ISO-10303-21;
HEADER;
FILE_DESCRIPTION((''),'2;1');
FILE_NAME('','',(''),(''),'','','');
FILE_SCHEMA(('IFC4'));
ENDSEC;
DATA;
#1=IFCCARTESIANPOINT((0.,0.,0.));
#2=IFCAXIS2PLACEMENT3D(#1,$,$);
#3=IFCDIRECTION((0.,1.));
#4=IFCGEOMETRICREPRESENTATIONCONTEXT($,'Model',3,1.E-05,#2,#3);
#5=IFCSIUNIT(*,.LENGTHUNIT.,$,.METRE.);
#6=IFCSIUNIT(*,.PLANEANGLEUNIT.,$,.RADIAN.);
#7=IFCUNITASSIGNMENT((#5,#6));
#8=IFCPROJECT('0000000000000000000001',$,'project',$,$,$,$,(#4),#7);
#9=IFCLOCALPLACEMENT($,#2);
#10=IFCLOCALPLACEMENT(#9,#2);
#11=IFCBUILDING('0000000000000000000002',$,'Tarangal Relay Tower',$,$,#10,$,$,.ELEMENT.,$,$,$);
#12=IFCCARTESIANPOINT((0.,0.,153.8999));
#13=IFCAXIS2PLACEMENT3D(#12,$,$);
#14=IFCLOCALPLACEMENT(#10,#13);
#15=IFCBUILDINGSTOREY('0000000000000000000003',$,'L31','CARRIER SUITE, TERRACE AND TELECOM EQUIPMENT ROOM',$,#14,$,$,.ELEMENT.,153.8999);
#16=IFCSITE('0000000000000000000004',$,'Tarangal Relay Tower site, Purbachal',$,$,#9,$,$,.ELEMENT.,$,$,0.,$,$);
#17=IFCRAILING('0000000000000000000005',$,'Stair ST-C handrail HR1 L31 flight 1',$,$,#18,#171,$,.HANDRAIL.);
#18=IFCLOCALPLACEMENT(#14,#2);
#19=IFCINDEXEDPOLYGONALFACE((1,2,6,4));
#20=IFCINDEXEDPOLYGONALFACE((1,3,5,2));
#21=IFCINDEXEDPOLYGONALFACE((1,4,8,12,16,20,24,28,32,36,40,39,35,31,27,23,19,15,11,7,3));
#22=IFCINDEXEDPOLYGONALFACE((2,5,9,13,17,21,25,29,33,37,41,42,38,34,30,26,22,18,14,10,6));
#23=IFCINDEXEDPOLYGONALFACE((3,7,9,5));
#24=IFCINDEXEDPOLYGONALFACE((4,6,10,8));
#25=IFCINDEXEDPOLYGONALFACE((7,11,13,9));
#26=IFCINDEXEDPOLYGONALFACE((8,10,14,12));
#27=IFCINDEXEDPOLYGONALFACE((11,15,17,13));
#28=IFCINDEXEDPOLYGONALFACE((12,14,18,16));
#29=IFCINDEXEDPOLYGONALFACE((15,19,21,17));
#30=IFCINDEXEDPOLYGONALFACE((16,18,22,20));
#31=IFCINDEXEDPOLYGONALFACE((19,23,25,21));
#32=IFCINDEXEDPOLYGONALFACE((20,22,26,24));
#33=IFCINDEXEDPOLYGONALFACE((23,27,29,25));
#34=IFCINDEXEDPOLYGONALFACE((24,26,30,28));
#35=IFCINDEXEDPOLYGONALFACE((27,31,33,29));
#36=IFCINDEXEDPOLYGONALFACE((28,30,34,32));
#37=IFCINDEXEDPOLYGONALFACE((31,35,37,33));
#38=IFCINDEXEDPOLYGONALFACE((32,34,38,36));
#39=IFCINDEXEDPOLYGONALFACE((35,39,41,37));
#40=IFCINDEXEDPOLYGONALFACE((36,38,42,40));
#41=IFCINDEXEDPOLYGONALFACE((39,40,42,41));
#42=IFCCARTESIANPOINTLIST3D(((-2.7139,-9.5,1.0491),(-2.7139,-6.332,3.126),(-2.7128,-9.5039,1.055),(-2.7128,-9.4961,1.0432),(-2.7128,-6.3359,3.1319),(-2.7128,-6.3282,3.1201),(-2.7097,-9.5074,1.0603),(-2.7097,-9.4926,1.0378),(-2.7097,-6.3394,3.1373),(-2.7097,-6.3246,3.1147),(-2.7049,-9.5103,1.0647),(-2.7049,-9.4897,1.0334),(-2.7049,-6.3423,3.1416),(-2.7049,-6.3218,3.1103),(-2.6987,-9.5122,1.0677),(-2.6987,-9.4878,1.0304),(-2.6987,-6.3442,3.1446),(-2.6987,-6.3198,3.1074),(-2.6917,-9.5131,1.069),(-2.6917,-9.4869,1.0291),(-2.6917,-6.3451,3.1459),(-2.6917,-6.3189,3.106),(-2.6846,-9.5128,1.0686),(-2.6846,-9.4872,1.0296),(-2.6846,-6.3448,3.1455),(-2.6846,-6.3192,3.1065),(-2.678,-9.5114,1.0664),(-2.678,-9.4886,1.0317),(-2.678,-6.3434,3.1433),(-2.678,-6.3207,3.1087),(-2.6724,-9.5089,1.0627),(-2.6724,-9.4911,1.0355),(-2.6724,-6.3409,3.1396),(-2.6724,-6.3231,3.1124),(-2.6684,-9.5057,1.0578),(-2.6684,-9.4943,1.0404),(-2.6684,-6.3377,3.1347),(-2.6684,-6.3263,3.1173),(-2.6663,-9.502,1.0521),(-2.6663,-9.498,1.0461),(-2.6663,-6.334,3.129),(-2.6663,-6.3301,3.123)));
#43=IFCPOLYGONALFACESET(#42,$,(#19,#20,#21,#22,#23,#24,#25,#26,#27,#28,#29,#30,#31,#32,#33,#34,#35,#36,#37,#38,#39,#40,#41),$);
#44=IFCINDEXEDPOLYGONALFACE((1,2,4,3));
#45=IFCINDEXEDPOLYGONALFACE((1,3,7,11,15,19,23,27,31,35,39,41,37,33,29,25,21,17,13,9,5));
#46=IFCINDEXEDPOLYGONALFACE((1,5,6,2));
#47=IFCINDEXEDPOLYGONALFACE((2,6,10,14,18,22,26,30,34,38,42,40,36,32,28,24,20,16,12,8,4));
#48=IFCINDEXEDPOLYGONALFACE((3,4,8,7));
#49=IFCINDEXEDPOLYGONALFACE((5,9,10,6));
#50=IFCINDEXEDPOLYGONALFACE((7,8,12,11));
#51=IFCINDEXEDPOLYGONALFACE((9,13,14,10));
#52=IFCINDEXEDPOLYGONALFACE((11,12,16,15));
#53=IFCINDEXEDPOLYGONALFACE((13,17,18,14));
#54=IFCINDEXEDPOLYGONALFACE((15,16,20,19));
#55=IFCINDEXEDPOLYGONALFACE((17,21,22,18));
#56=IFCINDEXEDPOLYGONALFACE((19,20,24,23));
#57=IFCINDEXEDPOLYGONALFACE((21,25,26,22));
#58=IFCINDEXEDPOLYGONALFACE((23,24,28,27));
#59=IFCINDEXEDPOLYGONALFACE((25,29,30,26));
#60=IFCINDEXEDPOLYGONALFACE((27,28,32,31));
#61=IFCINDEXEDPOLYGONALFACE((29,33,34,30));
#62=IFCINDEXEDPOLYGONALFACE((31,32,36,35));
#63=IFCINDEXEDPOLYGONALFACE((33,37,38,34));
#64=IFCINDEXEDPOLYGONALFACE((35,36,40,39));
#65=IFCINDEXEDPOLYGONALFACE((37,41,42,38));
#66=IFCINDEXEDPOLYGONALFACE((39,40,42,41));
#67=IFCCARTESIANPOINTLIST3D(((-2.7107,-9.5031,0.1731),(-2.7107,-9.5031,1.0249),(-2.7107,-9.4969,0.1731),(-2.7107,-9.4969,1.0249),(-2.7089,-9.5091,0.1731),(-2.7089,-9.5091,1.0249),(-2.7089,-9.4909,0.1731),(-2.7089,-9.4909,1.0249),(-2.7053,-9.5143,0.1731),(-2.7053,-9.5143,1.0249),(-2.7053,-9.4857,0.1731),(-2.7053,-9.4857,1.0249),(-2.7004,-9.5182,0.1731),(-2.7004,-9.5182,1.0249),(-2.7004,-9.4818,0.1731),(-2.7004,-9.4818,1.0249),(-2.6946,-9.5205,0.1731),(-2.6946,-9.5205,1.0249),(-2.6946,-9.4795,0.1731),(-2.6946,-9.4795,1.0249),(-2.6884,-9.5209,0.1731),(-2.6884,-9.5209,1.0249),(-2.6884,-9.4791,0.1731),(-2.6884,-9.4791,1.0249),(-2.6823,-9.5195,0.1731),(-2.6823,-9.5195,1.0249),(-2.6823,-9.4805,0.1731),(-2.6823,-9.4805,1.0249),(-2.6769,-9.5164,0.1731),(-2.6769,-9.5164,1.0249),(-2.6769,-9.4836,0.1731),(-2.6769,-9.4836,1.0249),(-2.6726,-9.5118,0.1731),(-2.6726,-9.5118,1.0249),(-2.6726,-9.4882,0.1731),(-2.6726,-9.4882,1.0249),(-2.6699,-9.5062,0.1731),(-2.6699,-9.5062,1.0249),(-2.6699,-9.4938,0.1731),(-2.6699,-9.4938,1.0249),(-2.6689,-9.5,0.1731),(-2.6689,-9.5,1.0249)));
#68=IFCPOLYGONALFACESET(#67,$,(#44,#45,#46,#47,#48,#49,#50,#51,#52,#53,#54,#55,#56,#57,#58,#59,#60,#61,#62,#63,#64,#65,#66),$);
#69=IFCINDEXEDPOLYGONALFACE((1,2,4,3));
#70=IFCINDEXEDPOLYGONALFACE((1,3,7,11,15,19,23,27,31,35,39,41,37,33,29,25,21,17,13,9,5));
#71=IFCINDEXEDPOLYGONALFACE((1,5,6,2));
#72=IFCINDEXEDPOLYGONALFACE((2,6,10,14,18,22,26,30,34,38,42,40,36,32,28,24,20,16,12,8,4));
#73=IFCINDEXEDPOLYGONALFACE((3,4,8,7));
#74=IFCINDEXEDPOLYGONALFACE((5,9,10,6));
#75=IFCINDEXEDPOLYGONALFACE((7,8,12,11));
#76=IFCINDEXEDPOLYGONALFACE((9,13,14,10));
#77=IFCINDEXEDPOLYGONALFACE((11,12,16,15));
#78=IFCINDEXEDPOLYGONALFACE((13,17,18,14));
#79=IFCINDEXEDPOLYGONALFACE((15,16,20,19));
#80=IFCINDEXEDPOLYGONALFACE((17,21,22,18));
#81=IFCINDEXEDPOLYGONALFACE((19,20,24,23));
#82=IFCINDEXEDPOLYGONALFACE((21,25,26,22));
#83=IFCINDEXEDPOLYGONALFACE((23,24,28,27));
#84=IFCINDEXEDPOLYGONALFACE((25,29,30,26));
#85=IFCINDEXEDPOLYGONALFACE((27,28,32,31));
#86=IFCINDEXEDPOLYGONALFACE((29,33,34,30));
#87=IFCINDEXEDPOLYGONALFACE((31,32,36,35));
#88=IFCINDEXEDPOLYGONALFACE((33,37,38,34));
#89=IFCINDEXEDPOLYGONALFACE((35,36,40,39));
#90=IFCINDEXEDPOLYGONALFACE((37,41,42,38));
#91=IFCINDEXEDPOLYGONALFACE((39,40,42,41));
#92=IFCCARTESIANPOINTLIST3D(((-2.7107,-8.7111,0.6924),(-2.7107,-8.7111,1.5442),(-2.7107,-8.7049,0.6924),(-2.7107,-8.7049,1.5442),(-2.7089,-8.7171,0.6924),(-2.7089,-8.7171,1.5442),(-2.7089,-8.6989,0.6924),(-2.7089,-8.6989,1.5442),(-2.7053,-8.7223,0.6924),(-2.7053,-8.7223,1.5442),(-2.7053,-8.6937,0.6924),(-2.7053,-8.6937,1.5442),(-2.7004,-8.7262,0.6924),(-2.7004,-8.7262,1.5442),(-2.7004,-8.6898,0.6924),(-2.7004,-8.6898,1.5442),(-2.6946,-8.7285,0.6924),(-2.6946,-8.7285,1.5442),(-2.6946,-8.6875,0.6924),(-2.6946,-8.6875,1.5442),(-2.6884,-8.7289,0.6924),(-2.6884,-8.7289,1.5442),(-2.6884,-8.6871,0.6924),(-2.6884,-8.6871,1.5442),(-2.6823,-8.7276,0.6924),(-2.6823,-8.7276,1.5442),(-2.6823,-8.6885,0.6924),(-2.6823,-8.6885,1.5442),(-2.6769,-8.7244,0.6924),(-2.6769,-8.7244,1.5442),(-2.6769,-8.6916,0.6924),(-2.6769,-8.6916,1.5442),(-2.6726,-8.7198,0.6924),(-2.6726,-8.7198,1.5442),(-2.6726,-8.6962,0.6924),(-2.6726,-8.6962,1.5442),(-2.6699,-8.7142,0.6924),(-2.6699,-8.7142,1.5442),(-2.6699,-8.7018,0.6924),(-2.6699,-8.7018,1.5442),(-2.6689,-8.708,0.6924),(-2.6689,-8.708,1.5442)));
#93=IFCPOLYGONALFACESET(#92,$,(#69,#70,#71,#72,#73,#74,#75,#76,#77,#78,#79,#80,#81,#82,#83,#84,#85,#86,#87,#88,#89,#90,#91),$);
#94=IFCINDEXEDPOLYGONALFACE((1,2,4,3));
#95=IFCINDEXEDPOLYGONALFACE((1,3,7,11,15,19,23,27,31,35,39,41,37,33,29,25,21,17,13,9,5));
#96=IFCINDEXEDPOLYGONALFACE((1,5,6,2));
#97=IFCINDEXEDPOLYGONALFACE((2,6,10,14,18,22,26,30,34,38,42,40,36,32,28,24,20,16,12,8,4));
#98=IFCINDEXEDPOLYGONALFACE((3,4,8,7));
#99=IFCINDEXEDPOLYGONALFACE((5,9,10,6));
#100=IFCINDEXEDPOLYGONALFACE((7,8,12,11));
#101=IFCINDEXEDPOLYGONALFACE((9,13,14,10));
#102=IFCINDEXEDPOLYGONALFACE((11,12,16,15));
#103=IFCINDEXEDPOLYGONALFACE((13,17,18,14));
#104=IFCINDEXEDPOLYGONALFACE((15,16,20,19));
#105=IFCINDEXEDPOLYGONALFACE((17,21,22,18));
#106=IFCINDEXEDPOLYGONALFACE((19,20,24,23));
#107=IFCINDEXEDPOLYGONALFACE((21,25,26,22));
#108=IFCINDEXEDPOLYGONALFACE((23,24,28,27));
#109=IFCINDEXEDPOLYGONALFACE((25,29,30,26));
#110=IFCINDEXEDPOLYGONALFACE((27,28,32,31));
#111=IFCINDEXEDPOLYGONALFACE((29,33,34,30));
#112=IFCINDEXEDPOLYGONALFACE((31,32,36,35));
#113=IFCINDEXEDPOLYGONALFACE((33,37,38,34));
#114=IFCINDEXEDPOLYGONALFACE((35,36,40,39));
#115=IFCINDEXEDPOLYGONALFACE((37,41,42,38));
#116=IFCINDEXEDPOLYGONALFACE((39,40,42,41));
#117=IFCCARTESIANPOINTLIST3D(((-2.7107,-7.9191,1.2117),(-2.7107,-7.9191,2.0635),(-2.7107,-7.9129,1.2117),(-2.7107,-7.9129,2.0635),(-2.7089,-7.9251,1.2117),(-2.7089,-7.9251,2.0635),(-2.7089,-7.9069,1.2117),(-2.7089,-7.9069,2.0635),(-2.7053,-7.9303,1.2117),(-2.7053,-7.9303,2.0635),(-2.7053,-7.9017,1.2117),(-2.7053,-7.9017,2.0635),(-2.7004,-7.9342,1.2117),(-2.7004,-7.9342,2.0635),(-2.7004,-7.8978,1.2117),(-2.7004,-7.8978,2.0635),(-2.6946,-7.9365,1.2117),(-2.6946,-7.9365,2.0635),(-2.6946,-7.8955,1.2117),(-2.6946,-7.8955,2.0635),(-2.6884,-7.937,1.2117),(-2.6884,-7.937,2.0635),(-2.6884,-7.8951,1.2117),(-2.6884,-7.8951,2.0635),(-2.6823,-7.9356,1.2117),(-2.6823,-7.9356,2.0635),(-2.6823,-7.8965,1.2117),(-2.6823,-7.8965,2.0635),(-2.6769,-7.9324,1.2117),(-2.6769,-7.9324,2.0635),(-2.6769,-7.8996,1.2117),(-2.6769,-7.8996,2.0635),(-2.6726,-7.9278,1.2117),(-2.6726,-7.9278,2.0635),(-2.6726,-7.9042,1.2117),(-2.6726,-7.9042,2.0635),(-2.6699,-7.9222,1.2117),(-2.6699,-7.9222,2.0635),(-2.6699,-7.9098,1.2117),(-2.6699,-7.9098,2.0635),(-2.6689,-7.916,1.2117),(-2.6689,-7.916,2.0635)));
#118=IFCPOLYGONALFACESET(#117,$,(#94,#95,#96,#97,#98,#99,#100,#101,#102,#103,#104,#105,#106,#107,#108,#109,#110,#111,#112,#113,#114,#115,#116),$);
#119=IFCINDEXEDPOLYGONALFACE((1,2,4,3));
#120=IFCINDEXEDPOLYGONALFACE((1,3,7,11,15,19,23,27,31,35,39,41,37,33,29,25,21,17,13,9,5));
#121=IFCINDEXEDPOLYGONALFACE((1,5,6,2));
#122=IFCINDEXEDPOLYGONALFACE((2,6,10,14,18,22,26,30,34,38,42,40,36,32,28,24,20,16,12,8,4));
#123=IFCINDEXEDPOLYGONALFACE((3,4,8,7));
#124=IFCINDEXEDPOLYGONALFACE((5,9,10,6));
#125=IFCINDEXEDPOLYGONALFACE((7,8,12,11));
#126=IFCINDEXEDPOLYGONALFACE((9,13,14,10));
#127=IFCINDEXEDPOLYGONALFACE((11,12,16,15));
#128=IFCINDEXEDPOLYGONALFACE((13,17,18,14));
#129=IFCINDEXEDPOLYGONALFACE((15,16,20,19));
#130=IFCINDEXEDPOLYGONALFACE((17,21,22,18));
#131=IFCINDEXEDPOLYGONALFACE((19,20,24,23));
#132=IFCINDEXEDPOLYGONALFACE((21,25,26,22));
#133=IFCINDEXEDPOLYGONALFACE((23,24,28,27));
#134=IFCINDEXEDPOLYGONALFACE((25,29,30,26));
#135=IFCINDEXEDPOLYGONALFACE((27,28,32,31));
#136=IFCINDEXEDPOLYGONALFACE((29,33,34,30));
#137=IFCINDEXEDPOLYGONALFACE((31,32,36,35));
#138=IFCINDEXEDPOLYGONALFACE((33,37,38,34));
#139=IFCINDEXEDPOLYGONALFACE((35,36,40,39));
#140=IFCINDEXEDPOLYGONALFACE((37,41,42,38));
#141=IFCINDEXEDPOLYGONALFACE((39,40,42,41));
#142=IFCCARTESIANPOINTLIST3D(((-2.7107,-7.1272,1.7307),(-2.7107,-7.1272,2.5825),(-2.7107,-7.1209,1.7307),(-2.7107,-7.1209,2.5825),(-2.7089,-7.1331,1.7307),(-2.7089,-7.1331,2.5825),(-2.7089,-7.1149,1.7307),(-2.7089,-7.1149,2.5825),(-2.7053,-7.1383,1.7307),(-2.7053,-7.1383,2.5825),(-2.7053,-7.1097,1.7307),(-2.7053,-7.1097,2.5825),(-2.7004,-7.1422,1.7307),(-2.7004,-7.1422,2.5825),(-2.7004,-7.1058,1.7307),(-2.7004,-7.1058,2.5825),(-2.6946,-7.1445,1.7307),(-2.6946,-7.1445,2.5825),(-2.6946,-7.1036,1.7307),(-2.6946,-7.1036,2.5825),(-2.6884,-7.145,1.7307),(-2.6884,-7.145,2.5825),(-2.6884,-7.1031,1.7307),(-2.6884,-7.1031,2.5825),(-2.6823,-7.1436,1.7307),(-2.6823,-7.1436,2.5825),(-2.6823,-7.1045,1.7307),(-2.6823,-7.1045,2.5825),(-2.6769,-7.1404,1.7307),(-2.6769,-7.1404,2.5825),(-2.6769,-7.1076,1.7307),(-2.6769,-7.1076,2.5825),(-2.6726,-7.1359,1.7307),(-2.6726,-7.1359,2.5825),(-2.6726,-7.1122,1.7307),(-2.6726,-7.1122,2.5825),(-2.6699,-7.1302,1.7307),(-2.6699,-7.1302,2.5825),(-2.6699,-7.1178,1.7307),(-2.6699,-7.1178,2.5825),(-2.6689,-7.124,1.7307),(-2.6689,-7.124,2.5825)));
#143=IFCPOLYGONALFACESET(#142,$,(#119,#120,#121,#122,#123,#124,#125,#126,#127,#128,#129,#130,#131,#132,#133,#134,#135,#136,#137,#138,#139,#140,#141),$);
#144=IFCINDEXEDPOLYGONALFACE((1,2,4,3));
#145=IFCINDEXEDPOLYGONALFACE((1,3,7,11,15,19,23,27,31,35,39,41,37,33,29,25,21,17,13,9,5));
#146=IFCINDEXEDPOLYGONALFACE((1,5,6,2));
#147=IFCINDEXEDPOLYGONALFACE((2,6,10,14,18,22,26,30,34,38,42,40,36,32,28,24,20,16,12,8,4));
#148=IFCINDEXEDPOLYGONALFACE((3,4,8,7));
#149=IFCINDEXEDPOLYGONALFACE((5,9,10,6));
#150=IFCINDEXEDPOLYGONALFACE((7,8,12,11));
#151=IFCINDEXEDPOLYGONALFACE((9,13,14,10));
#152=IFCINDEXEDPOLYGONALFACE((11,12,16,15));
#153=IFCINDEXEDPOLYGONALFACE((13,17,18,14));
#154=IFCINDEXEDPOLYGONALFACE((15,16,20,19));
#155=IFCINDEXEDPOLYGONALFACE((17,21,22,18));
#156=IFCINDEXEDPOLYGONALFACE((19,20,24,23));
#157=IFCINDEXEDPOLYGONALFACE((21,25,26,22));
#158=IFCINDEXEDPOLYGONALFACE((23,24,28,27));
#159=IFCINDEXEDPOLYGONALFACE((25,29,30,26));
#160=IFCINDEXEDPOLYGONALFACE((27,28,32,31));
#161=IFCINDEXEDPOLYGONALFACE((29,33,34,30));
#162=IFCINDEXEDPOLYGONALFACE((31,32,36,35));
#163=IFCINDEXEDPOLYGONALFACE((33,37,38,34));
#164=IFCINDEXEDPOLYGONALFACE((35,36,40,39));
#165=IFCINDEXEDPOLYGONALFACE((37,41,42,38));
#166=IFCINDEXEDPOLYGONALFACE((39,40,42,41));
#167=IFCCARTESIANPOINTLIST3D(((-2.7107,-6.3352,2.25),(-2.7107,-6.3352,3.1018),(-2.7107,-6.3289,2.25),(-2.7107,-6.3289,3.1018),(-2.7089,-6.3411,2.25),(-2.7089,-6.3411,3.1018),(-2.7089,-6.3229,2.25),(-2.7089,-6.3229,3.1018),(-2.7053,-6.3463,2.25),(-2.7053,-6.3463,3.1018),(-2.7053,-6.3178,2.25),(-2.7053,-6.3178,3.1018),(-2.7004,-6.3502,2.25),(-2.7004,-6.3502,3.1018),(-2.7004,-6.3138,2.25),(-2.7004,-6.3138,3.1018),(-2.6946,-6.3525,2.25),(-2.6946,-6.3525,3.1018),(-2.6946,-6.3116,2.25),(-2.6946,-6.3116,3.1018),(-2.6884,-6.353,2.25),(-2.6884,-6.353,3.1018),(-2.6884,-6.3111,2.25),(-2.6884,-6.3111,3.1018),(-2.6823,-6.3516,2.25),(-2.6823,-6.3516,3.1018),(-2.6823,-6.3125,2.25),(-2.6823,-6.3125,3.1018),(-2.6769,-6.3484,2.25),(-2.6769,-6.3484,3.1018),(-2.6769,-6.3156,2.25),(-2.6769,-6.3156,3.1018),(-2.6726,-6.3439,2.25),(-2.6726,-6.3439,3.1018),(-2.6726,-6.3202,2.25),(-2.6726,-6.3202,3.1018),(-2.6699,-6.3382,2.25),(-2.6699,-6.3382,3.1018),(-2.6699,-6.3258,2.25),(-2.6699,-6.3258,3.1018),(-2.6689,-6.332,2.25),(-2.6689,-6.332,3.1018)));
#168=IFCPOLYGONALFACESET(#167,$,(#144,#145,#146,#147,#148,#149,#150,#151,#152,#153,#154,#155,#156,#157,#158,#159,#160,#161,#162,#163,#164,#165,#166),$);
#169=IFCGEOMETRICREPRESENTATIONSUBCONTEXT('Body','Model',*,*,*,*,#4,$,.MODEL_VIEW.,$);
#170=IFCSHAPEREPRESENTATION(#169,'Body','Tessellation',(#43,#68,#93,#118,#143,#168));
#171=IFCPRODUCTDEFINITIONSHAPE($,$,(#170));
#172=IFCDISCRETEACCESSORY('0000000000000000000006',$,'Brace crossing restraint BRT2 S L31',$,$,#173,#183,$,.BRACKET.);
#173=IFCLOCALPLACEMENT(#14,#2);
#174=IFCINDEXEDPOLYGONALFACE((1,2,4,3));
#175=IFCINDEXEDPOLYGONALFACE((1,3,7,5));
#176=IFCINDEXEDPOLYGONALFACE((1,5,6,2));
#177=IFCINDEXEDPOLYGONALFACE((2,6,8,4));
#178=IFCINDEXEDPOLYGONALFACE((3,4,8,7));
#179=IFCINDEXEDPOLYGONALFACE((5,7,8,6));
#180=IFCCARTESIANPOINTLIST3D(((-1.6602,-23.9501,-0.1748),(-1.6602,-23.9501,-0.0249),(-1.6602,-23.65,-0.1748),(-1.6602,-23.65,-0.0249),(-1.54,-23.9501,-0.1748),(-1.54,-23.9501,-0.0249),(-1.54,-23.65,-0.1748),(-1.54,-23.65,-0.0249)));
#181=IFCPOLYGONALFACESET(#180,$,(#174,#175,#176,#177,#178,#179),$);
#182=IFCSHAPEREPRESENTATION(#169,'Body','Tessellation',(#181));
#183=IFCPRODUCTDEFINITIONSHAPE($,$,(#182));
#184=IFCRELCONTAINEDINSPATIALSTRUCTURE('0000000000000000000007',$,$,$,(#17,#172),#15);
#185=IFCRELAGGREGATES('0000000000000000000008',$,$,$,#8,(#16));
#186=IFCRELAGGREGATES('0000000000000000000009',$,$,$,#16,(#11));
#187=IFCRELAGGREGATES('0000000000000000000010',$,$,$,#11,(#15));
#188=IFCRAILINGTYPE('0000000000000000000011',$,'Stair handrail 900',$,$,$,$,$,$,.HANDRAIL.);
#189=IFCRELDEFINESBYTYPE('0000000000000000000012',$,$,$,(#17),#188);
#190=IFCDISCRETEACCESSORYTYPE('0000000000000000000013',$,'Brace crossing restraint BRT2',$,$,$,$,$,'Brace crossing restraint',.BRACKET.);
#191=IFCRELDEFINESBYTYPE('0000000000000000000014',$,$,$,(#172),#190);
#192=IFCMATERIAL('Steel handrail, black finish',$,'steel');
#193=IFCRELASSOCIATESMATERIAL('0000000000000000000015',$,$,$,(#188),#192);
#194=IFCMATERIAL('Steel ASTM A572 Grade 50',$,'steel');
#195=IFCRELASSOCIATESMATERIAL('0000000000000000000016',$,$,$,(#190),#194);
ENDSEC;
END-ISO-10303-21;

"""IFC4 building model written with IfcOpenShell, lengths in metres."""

from ifc_helpers import new_model, si_unit, direction, frame, origin, origin_2d, place, context, subcontext, project, spatial, rectangle, circle, extrude, material, type_object, element, save


model = new_model("IFC4")

# Units and contexts
model_context = context("Model", 3, precision=1e-05, world=origin(), true_north=direction((0.0, 1.0)))
body_context = subcontext(model_context, "Body", "Model", "MODEL_VIEW")
ifc_project = project(units=[si_unit("LENGTHUNIT", "METRE"), si_unit("PLANEANGLEUNIT", "RADIAN")], contexts=[model_context])

# Site, building, storey
site_placement = place(None, origin())
site = spatial("IfcSite", under=ifc_project, at=site_placement, Name="Tarangal Relay Tower site, Purbachal", CompositionType="ELEMENT", RefElevation=0.0)
building_placement = place(site_placement, origin())
building = spatial("IfcBuilding", under=site, at=building_placement, Name="Tarangal Relay Tower", CompositionType="ELEMENT")
storey_placement = place(building_placement, frame((0.0, 0.0, 153.8999)))
storey = spatial("IfcBuildingStorey", under=building, at=storey_placement, Name="L31", Description="CARRIER SUITE, TERRACE AND TELECOM EQUIPMENT ROOM", CompositionType="ELEMENT", Elevation=153.8999)

# Shared definitions
ifc_material_1 = material(Name="Steel ASTM A572 Grade 50", Category="steel")

# Railing
ifc_material_2 = material(Name="Steel handrail, black finish", Category="steel")
railing_type_1 = type_object("IfcRailingType", Name="Stair handrail 900", PredefinedType="HANDRAIL", material=ifc_material_2)
railing_1_placement = place(storey_placement, frame((-2.6899, -9.5, 0.1731)))
element("IfcRailing", 1, at=railing_1_placement, inside=storey, type_object=railing_type_1, Name="Stair ST-C handrail HR1 L31 flight 1", PredefinedType="HANDRAIL", context=body_context, shape_type="SweptSolid", body=[
    extrude(circle(Radius=0.0239, at=origin_2d()), frame((0.0, 0.0, 0.876), z_axis=(0.0, 0.836299, 0.548273), x_axis=(-1.0, 0.0, 0.0)), (0.0, 0.0, 1.0), 3.7881),
    extrude(circle(Radius=0.021, at=origin_2d()), origin(), (0.0, 0.0, 1.0), 0.8518),
    extrude(circle(Radius=0.021, at=origin_2d()), frame((0.0, 0.792, 0.5193)), (0.0, 0.0, 1.0), 0.8518),
    extrude(circle(Radius=0.021, at=origin_2d()), frame((0.0, 1.584, 1.0386)), (0.0, 0.0, 1.0), 0.8518),
    extrude(circle(Radius=0.021, at=origin_2d()), frame((0.0, 2.376, 1.5576)), (0.0, 0.0, 1.0), 0.8518),
    extrude(circle(Radius=0.021, at=origin_2d()), frame((0.0, 3.168, 2.0769)), (0.0, 0.0, 1.0), 0.8518),
])

# Discrete accessory
discrete_accessory_type = type_object("IfcDiscreteAccessoryType", Name="Brace crossing restraint BRT2", ElementType="Brace crossing restraint", PredefinedType="BRACKET", material=ifc_material_1)
discrete_accessory_placement = place(storey_placement, frame((-1.6001, -23.8, -0.1748), z_axis=(0.0, 0.0, 1.0), x_axis=(1.0, 0.0, 0.0)))
element("IfcDiscreteAccessory", 2, at=discrete_accessory_placement, inside=storey, type_object=discrete_accessory_type, Name="Brace crossing restraint BRT2 S L31", PredefinedType="BRACKET", context=body_context, shape_type="SweptSolid", body=[
    extrude(rectangle(XDim=0.1201, YDim=0.3, at=origin_2d()), origin(), (0.0, 0.0, 1.0), 0.1499),
])

save(model, "model.ifc")
